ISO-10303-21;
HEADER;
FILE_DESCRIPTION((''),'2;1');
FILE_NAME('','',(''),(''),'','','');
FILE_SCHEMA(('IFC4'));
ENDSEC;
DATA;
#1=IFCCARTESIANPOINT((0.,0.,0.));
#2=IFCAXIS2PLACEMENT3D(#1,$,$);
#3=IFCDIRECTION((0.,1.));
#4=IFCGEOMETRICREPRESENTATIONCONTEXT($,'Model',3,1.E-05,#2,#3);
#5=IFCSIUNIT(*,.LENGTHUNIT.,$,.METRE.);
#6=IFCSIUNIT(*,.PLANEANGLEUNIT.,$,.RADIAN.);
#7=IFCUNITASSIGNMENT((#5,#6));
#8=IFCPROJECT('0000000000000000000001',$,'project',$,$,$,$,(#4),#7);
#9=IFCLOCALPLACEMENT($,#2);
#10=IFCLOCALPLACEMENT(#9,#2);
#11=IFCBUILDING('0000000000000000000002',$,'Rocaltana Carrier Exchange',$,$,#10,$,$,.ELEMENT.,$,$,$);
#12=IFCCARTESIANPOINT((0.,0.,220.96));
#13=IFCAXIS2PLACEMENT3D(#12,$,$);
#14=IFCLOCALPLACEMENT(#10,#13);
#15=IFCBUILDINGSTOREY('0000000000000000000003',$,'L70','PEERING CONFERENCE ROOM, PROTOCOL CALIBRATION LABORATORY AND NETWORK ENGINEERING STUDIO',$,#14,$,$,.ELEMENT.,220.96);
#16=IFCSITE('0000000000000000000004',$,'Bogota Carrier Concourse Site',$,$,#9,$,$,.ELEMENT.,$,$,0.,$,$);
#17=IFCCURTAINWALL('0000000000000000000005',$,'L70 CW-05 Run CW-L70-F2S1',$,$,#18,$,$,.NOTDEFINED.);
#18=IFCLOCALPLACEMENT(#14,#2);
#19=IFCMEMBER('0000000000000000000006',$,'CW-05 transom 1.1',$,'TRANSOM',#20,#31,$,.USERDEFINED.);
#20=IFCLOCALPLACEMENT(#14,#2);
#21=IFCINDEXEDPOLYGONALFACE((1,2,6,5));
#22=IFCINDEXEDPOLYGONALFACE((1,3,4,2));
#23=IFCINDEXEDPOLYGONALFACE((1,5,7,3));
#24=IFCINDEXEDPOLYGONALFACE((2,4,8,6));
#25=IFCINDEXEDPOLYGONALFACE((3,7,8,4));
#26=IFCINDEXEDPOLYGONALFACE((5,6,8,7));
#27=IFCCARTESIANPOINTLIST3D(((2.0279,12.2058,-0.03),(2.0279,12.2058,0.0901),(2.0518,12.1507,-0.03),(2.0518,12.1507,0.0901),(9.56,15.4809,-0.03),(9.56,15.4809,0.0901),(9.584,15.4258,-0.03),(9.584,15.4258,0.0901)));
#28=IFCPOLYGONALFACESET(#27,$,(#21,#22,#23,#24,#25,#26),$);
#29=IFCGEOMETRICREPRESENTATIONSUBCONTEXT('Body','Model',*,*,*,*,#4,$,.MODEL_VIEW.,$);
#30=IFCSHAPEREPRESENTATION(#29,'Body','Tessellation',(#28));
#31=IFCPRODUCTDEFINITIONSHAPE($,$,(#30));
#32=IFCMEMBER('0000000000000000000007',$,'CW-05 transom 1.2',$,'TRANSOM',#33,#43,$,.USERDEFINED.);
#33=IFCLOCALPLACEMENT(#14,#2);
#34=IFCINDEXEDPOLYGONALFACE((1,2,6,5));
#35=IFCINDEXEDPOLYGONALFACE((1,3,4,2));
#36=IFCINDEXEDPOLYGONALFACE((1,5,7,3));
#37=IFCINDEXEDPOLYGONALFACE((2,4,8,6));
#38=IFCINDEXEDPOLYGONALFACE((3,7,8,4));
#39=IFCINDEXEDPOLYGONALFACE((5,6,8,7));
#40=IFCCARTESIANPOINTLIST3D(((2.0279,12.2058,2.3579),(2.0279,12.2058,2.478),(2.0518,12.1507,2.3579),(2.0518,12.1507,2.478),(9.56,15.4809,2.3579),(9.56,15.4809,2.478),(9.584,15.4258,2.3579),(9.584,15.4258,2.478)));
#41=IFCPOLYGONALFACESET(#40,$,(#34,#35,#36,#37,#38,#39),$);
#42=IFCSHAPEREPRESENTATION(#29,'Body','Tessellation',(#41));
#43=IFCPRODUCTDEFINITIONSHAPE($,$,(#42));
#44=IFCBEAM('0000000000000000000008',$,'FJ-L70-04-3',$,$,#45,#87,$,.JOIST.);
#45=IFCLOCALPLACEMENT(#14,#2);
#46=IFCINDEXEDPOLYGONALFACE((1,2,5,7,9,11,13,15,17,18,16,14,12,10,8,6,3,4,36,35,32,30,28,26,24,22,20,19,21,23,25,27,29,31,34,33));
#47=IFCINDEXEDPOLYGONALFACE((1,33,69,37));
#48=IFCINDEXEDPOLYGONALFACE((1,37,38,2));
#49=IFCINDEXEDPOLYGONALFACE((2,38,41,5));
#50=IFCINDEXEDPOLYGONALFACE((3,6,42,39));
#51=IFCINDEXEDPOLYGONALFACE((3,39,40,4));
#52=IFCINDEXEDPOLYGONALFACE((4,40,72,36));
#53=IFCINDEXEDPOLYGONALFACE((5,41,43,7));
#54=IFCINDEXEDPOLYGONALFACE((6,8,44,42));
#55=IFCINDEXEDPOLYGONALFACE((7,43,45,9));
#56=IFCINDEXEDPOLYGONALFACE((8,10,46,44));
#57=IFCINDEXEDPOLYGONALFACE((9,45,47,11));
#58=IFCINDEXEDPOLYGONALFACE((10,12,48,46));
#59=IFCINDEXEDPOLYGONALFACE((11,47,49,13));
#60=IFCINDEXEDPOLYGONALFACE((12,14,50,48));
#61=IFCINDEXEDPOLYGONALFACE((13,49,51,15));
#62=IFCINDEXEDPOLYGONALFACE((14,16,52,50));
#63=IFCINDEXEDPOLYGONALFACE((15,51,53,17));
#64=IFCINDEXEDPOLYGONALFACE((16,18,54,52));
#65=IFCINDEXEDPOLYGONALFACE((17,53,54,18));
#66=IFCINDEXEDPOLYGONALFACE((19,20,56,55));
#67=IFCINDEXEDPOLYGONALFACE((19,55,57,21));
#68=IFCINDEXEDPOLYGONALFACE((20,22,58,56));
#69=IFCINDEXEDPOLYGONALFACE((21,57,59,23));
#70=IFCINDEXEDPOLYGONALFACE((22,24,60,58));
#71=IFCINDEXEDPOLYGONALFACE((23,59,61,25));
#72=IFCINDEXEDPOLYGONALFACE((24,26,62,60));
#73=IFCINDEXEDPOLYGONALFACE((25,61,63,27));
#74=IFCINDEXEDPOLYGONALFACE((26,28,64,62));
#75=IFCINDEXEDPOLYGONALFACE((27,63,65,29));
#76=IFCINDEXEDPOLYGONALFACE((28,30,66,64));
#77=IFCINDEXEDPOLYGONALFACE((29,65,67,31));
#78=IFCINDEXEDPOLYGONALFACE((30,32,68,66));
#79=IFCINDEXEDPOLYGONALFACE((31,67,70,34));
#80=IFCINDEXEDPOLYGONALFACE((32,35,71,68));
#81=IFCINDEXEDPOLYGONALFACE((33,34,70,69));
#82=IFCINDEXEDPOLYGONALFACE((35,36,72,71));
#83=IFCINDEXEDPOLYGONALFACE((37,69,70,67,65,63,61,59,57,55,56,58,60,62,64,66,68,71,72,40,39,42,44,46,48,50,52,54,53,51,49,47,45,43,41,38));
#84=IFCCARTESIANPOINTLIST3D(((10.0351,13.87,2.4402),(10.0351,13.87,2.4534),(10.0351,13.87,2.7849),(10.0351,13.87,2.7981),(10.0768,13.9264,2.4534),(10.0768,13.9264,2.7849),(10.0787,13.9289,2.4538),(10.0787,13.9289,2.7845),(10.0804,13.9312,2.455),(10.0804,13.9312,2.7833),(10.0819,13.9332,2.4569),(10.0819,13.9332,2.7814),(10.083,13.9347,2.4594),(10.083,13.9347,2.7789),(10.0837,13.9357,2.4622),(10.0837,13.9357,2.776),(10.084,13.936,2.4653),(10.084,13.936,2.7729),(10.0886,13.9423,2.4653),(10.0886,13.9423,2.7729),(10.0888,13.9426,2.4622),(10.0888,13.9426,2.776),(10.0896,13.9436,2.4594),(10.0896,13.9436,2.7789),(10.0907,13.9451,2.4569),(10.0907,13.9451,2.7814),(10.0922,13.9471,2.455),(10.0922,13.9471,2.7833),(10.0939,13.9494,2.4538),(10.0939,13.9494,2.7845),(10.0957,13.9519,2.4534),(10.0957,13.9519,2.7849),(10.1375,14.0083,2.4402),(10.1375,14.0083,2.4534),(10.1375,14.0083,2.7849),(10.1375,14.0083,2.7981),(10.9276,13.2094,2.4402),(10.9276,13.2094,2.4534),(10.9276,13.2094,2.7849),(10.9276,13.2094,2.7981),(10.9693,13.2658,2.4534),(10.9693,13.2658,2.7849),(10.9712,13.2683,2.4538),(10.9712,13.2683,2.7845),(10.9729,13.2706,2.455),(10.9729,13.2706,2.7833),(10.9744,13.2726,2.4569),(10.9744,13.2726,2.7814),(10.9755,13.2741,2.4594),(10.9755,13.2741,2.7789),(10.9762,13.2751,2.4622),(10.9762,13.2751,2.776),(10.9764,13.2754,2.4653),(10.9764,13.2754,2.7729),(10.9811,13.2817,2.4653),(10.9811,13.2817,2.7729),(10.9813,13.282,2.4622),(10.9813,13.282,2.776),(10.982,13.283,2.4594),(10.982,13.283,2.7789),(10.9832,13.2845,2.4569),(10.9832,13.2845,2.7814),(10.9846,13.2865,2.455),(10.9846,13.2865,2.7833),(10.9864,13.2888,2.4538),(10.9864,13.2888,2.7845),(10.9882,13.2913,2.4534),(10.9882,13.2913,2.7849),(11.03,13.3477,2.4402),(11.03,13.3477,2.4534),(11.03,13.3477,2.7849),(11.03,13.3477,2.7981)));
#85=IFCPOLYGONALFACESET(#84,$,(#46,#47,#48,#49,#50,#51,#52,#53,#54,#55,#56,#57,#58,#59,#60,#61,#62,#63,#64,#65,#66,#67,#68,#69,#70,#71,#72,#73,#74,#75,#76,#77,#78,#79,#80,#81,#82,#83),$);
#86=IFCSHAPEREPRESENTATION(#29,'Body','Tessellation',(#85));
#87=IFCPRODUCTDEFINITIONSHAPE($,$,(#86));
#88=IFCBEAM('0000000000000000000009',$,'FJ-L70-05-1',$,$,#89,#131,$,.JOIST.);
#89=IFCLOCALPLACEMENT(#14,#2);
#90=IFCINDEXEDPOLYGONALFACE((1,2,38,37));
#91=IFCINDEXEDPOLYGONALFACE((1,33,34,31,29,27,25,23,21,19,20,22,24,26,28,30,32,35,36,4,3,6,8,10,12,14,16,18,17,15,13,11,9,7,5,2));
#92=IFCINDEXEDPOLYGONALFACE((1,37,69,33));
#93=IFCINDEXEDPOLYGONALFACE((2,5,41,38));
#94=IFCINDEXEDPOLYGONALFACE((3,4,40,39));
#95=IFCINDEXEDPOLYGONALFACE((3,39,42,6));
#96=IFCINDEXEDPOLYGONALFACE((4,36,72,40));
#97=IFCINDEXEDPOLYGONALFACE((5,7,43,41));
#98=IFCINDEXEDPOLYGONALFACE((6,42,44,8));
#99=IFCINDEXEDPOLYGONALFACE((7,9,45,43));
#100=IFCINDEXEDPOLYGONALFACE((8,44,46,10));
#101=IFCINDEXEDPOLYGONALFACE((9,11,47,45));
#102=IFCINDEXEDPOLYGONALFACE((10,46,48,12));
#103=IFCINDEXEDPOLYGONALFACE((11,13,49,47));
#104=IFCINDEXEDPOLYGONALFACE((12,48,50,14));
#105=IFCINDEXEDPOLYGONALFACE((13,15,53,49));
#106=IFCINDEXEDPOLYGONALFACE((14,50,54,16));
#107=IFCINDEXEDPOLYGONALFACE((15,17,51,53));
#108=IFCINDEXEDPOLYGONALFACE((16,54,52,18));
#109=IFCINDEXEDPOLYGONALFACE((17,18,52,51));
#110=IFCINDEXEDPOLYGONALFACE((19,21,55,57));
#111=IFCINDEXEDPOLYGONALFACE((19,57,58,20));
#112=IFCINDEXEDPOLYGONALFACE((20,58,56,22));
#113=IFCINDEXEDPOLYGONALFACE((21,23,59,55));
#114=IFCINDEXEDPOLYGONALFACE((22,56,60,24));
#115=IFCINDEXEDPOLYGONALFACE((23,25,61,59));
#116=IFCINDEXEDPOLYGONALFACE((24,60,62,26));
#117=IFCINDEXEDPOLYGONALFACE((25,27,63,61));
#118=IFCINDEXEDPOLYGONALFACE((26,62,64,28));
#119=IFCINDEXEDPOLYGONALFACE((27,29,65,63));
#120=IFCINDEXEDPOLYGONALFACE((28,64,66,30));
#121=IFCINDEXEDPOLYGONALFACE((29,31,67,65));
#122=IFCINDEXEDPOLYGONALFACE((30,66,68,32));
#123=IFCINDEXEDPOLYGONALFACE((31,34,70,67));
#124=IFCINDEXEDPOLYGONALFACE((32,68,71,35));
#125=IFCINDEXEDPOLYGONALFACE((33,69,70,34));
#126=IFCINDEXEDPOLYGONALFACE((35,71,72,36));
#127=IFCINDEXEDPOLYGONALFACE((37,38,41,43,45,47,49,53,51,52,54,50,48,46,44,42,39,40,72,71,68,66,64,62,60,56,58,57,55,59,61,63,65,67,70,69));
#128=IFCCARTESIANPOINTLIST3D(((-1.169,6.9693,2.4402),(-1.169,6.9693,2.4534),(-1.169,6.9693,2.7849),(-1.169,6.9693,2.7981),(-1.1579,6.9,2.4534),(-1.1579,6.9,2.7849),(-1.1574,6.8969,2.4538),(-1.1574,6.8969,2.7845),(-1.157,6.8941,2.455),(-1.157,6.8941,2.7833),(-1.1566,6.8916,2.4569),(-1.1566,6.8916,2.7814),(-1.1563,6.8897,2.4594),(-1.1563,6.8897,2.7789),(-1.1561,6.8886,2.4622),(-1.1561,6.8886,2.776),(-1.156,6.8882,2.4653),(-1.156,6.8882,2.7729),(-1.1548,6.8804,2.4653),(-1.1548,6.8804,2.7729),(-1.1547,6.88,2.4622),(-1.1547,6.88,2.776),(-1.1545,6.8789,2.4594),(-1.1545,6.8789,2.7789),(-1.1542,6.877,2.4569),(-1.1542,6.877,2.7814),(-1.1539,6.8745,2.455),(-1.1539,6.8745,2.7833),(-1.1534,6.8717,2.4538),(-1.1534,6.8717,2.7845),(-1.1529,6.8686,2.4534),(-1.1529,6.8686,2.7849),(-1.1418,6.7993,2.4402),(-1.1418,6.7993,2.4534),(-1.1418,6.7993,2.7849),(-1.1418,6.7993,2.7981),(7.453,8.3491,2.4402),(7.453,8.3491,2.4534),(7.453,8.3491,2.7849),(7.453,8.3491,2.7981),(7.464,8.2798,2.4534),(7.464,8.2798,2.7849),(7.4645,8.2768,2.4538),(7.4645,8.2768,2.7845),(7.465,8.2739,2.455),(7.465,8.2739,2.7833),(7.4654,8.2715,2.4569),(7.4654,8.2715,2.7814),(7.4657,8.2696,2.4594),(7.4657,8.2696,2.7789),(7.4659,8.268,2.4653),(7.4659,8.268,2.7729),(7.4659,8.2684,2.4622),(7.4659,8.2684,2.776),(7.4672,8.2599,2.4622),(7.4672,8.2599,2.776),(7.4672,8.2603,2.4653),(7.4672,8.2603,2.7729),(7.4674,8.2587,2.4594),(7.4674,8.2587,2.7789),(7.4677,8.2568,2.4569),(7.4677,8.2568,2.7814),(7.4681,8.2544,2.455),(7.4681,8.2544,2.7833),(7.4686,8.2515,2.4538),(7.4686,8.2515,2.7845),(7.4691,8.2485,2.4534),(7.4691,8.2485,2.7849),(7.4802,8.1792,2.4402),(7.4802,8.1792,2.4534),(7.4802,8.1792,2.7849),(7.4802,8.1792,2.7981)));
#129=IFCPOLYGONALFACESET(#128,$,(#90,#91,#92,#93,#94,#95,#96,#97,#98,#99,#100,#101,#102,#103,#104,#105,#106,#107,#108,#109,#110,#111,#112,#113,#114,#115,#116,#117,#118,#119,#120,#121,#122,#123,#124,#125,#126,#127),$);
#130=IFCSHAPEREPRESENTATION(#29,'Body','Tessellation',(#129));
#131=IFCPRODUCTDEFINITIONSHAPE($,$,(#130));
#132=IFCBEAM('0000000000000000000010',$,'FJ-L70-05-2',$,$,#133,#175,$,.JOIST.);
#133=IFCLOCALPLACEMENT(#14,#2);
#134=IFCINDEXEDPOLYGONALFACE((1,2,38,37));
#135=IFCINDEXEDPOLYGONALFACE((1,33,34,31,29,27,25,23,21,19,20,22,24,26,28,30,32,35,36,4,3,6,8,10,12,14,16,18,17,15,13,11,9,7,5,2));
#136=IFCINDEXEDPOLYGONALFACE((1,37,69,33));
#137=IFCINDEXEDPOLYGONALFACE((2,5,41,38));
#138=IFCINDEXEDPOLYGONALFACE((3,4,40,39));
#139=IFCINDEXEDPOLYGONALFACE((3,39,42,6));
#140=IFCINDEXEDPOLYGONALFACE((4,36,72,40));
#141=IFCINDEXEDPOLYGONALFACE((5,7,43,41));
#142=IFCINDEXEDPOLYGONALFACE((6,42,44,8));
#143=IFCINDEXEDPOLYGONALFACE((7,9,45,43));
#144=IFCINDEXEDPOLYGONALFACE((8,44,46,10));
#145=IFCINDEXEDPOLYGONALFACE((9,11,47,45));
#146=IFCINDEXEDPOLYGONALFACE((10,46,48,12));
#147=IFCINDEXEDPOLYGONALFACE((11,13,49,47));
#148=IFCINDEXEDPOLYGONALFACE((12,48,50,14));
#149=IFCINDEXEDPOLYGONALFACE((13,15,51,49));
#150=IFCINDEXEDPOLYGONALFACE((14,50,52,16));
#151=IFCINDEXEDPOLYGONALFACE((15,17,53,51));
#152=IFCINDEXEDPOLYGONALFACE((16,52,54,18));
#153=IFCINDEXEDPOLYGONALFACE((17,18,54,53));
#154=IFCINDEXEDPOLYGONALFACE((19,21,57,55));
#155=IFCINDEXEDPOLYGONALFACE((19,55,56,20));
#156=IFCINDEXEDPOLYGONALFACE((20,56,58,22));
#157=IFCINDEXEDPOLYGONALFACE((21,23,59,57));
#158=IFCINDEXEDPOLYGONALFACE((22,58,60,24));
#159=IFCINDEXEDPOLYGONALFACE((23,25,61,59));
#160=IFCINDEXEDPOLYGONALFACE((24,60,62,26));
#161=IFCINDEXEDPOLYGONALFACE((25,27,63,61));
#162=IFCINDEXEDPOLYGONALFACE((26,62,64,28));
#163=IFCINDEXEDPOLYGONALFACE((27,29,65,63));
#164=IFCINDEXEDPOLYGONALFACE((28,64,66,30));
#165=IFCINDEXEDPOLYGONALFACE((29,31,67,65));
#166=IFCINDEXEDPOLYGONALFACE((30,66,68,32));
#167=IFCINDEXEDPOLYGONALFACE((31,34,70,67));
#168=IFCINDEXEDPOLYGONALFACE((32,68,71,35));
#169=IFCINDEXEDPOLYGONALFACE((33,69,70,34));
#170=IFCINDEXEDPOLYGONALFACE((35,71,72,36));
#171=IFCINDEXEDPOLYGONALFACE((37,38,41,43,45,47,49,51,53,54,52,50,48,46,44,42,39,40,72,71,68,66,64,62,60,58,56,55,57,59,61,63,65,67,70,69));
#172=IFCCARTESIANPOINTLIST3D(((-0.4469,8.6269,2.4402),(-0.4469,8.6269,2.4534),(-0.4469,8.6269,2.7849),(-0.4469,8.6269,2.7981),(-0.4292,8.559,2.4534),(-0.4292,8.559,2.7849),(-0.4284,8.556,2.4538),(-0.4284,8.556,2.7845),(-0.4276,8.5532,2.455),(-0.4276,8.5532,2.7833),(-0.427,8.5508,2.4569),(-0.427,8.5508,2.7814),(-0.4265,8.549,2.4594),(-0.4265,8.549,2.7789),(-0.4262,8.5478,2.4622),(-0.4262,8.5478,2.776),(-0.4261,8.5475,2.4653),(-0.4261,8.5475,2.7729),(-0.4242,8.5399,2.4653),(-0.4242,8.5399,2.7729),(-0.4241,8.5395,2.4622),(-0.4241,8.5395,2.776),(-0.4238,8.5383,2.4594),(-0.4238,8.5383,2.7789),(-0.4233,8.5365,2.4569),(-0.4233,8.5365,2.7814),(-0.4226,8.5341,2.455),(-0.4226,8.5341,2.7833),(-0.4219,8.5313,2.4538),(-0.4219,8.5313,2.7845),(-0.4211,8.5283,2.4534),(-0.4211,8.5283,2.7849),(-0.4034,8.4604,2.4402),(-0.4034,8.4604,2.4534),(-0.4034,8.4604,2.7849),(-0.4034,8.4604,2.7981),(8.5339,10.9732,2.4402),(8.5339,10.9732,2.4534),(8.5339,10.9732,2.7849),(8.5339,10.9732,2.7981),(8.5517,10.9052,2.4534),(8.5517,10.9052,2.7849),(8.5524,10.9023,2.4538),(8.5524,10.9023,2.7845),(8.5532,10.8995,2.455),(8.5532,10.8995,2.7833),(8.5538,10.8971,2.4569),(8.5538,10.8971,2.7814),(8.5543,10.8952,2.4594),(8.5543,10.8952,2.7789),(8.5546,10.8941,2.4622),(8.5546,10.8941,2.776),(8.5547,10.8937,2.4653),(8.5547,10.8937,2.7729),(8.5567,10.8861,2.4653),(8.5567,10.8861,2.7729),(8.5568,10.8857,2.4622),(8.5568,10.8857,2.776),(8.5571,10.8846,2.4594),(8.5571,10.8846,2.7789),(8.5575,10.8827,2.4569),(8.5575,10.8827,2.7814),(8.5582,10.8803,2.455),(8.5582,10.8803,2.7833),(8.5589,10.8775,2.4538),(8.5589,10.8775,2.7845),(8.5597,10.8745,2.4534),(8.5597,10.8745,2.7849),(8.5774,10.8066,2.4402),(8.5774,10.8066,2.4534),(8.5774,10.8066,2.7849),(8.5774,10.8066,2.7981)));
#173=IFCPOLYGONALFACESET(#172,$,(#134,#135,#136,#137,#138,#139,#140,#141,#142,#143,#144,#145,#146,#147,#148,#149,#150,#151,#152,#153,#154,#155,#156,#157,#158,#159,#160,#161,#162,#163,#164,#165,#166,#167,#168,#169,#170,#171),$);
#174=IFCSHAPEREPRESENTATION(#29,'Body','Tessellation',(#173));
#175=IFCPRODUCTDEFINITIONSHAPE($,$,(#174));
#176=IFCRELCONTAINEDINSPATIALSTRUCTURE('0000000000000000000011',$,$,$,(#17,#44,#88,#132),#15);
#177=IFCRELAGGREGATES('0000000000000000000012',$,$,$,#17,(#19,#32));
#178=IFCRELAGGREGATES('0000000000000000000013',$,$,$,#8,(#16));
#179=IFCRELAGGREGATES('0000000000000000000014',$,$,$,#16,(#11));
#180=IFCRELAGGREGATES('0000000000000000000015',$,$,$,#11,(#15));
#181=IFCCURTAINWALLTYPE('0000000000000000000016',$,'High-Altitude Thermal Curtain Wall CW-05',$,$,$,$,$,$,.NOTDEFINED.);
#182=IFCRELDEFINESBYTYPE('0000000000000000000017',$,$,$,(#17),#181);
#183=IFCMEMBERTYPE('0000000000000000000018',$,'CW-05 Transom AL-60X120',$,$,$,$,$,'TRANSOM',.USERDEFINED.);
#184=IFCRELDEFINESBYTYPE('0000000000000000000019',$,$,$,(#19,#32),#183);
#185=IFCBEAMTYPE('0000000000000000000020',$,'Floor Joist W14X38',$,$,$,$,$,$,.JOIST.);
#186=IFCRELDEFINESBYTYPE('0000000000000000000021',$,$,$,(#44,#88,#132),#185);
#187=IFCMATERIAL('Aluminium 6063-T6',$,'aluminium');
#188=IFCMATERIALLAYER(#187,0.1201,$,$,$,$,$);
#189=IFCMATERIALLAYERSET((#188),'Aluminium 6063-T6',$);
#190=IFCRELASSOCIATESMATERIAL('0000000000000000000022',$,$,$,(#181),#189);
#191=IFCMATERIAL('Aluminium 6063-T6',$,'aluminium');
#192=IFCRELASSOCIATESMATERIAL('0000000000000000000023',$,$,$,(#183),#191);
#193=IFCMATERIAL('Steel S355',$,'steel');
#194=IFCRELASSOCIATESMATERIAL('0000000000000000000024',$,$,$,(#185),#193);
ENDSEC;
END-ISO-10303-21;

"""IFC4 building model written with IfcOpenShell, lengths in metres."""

from ifc_helpers import new_model, si_unit, direction, frame, origin, origin_2d, place, context, subcontext, project, spatial, rectangle, i_section, extrude, material, layer, layer_set, material_profile, profile_set, type_object, element, aggregate, save


model = new_model("IFC4")

# Units and contexts
model_context = context("Model", 3, precision=1e-05, world=origin(), true_north=direction((0.0, 1.0)))
body_context = subcontext(model_context, "Body", "Model", "MODEL_VIEW")
ifc_project = project(units=[si_unit("LENGTHUNIT", "METRE"), si_unit("PLANEANGLEUNIT", "RADIAN")], contexts=[model_context])

# Site, building, storey
site_placement = place(None, origin())
site = spatial("IfcSite", under=ifc_project, at=site_placement, Name="Bogota Carrier Concourse Site", CompositionType="ELEMENT", RefElevation=0.0)
building_placement = place(site_placement, origin())
building = spatial("IfcBuilding", under=site, at=building_placement, Name="Rocaltana Carrier Exchange", CompositionType="ELEMENT")
storey_placement = place(building_placement, frame((0.0, 0.0, 220.96)))
storey = spatial("IfcBuildingStorey", under=building, at=storey_placement, Name="L70", Description="PEERING CONFERENCE ROOM, PROTOCOL CALIBRATION LABORATORY AND NETWORK ENGINEERING STUDIO", CompositionType="ELEMENT", Elevation=220.96)

# Shared definitions
ifc_material_1 = material(Name="Aluminium 6063-T6", Category="aluminium")
ifc_layer_1 = layer(ifc_material_1, 0.1201)
ifc_layer_set_1 = layer_set([ifc_layer_1], Name="Aluminium 6063-T6")
curtain_wall_type = type_object("IfcCurtainWallType", Name="High-Altitude Thermal Curtain Wall CW-05", PredefinedType="NOTDEFINED", material=ifc_layer_set_1)

# Curtain wall
curtain_wall_1_placement = place(storey_placement, origin())
curtain_wall_1 = element("IfcCurtainWall", 1, at=curtain_wall_1_placement, inside=storey, type_object=curtain_wall_type, Name="L70 CW-05 Run CW-L70-F2S1", PredefinedType="NOTDEFINED")

# Members
ifc_material_2 = material(Name="Aluminium 6063-T6", Category="aluminium")
ifc_material_profile_1 = material_profile(ifc_material_2, rectangle(XDim=0.0601, YDim=0.1201, at=origin_2d()), Name="AL-60X120")
ifc_profile_set_1 = profile_set([ifc_material_profile_1], Name="Aluminium 6063-T6")
member_type_1 = type_object("IfcMemberType", Name="CW-05 Transom AL-60X120", ElementType="TRANSOM", PredefinedType="USERDEFINED", material=ifc_profile_set_1)
member_1_placement = place(storey_placement, frame((9.572, 15.4534, 0.03), z_axis=(-0.917058, -0.398753, 0.0), x_axis=(0.398753, -0.917058, 0.0)))
member_1 = element("IfcMember", 2, at=member_1_placement, type_object=member_type_1, Name="CW-05 transom 1.1", ObjectType="TRANSOM", PredefinedType="USERDEFINED", context=body_context, shape_type="SweptSolid", body=[
    extrude(rectangle(XDim=0.0601, YDim=0.1201, at=origin_2d()), origin(), (0.0, 0.0, 1.0), 8.2134),
])
member_2_placement = place(storey_placement, frame((9.572, 15.4534, 2.418), z_axis=(-0.917058, -0.398753, 0.0), x_axis=(0.398753, -0.917058, 0.0)))
member_2 = element("IfcMember", 3, at=member_2_placement, type_object=member_type_1, Name="CW-05 transom 1.2", ObjectType="TRANSOM", PredefinedType="USERDEFINED", context=body_context, shape_type="SweptSolid", body=[
    extrude(rectangle(XDim=0.0601, YDim=0.1201, at=origin_2d()), origin(), (0.0, 0.0, 1.0), 8.2134),
])

# Beams
ifc_material_3 = material(Name="Steel S355", Category="steel")
ifc_material_profile_2 = material_profile(ifc_material_3, i_section(OverallWidth=0.1721, OverallDepth=0.3579, WebThickness=0.0078, FlangeThickness=0.0132, FilletRadius=0.012, at=origin_2d()), Name="W14X38")
ifc_profile_set_2 = profile_set([ifc_material_profile_2], Name="Steel S355")
beam_type_1 = type_object("IfcBeamType", Name="Floor Joist W14X38", PredefinedType="JOIST", material=ifc_profile_set_2)
beam_1_placement = place(storey_placement, frame((10.9788, 13.2786, 2.6191), z_axis=(-0.803783, 0.594923, 0.0), x_axis=(-0.594923, -0.803783, 0.0)))
element("IfcBeam", 4, at=beam_1_placement, inside=storey, type_object=beam_type_1, Name="FJ-L70-04-3", PredefinedType="JOIST", context=body_context, shape_type="SweptSolid", body=[
    extrude(i_section(OverallWidth=0.1721, OverallDepth=0.3579, WebThickness=0.0078, FlangeThickness=0.0132, FilletRadius=0.012, at=origin_2d()), origin(), (0.0, 0.0, 1.0), 1.1104),
])
beam_2_placement = place(storey_placement, frame((7.4666, 8.2642, 2.6191), z_axis=(-0.987434, -0.15803, 0.0), x_axis=(0.15803, -0.987434, 0.0)))
element("IfcBeam", 5, at=beam_2_placement, inside=storey, type_object=beam_type_1, Name="FJ-L70-05-1", PredefinedType="JOIST", context=body_context, shape_type="SweptSolid", body=[
    extrude(i_section(OverallWidth=0.1721, OverallDepth=0.3579, WebThickness=0.0078, FlangeThickness=0.0132, FilletRadius=0.012, at=origin_2d()), origin(), (0.0, 0.0, 1.0), 8.7317),
])
beam_3_placement = place(storey_placement, frame((8.5557, 10.8899, 2.6191), z_axis=(-0.967528, -0.252765, 0.0), x_axis=(0.252765, -0.967528, 0.0)))
element("IfcBeam", 6, at=beam_3_placement, inside=storey, type_object=beam_type_1, Name="FJ-L70-05-2", PredefinedType="JOIST", context=body_context, shape_type="SweptSolid", body=[
    extrude(i_section(OverallWidth=0.1721, OverallDepth=0.3579, WebThickness=0.0078, FlangeThickness=0.0132, FilletRadius=0.012, at=origin_2d()), origin(), (0.0, 0.0, 1.0), 9.2822),
])

aggregate(curtain_wall_1, [member_1, member_2])

save(model, "model.ifc")
